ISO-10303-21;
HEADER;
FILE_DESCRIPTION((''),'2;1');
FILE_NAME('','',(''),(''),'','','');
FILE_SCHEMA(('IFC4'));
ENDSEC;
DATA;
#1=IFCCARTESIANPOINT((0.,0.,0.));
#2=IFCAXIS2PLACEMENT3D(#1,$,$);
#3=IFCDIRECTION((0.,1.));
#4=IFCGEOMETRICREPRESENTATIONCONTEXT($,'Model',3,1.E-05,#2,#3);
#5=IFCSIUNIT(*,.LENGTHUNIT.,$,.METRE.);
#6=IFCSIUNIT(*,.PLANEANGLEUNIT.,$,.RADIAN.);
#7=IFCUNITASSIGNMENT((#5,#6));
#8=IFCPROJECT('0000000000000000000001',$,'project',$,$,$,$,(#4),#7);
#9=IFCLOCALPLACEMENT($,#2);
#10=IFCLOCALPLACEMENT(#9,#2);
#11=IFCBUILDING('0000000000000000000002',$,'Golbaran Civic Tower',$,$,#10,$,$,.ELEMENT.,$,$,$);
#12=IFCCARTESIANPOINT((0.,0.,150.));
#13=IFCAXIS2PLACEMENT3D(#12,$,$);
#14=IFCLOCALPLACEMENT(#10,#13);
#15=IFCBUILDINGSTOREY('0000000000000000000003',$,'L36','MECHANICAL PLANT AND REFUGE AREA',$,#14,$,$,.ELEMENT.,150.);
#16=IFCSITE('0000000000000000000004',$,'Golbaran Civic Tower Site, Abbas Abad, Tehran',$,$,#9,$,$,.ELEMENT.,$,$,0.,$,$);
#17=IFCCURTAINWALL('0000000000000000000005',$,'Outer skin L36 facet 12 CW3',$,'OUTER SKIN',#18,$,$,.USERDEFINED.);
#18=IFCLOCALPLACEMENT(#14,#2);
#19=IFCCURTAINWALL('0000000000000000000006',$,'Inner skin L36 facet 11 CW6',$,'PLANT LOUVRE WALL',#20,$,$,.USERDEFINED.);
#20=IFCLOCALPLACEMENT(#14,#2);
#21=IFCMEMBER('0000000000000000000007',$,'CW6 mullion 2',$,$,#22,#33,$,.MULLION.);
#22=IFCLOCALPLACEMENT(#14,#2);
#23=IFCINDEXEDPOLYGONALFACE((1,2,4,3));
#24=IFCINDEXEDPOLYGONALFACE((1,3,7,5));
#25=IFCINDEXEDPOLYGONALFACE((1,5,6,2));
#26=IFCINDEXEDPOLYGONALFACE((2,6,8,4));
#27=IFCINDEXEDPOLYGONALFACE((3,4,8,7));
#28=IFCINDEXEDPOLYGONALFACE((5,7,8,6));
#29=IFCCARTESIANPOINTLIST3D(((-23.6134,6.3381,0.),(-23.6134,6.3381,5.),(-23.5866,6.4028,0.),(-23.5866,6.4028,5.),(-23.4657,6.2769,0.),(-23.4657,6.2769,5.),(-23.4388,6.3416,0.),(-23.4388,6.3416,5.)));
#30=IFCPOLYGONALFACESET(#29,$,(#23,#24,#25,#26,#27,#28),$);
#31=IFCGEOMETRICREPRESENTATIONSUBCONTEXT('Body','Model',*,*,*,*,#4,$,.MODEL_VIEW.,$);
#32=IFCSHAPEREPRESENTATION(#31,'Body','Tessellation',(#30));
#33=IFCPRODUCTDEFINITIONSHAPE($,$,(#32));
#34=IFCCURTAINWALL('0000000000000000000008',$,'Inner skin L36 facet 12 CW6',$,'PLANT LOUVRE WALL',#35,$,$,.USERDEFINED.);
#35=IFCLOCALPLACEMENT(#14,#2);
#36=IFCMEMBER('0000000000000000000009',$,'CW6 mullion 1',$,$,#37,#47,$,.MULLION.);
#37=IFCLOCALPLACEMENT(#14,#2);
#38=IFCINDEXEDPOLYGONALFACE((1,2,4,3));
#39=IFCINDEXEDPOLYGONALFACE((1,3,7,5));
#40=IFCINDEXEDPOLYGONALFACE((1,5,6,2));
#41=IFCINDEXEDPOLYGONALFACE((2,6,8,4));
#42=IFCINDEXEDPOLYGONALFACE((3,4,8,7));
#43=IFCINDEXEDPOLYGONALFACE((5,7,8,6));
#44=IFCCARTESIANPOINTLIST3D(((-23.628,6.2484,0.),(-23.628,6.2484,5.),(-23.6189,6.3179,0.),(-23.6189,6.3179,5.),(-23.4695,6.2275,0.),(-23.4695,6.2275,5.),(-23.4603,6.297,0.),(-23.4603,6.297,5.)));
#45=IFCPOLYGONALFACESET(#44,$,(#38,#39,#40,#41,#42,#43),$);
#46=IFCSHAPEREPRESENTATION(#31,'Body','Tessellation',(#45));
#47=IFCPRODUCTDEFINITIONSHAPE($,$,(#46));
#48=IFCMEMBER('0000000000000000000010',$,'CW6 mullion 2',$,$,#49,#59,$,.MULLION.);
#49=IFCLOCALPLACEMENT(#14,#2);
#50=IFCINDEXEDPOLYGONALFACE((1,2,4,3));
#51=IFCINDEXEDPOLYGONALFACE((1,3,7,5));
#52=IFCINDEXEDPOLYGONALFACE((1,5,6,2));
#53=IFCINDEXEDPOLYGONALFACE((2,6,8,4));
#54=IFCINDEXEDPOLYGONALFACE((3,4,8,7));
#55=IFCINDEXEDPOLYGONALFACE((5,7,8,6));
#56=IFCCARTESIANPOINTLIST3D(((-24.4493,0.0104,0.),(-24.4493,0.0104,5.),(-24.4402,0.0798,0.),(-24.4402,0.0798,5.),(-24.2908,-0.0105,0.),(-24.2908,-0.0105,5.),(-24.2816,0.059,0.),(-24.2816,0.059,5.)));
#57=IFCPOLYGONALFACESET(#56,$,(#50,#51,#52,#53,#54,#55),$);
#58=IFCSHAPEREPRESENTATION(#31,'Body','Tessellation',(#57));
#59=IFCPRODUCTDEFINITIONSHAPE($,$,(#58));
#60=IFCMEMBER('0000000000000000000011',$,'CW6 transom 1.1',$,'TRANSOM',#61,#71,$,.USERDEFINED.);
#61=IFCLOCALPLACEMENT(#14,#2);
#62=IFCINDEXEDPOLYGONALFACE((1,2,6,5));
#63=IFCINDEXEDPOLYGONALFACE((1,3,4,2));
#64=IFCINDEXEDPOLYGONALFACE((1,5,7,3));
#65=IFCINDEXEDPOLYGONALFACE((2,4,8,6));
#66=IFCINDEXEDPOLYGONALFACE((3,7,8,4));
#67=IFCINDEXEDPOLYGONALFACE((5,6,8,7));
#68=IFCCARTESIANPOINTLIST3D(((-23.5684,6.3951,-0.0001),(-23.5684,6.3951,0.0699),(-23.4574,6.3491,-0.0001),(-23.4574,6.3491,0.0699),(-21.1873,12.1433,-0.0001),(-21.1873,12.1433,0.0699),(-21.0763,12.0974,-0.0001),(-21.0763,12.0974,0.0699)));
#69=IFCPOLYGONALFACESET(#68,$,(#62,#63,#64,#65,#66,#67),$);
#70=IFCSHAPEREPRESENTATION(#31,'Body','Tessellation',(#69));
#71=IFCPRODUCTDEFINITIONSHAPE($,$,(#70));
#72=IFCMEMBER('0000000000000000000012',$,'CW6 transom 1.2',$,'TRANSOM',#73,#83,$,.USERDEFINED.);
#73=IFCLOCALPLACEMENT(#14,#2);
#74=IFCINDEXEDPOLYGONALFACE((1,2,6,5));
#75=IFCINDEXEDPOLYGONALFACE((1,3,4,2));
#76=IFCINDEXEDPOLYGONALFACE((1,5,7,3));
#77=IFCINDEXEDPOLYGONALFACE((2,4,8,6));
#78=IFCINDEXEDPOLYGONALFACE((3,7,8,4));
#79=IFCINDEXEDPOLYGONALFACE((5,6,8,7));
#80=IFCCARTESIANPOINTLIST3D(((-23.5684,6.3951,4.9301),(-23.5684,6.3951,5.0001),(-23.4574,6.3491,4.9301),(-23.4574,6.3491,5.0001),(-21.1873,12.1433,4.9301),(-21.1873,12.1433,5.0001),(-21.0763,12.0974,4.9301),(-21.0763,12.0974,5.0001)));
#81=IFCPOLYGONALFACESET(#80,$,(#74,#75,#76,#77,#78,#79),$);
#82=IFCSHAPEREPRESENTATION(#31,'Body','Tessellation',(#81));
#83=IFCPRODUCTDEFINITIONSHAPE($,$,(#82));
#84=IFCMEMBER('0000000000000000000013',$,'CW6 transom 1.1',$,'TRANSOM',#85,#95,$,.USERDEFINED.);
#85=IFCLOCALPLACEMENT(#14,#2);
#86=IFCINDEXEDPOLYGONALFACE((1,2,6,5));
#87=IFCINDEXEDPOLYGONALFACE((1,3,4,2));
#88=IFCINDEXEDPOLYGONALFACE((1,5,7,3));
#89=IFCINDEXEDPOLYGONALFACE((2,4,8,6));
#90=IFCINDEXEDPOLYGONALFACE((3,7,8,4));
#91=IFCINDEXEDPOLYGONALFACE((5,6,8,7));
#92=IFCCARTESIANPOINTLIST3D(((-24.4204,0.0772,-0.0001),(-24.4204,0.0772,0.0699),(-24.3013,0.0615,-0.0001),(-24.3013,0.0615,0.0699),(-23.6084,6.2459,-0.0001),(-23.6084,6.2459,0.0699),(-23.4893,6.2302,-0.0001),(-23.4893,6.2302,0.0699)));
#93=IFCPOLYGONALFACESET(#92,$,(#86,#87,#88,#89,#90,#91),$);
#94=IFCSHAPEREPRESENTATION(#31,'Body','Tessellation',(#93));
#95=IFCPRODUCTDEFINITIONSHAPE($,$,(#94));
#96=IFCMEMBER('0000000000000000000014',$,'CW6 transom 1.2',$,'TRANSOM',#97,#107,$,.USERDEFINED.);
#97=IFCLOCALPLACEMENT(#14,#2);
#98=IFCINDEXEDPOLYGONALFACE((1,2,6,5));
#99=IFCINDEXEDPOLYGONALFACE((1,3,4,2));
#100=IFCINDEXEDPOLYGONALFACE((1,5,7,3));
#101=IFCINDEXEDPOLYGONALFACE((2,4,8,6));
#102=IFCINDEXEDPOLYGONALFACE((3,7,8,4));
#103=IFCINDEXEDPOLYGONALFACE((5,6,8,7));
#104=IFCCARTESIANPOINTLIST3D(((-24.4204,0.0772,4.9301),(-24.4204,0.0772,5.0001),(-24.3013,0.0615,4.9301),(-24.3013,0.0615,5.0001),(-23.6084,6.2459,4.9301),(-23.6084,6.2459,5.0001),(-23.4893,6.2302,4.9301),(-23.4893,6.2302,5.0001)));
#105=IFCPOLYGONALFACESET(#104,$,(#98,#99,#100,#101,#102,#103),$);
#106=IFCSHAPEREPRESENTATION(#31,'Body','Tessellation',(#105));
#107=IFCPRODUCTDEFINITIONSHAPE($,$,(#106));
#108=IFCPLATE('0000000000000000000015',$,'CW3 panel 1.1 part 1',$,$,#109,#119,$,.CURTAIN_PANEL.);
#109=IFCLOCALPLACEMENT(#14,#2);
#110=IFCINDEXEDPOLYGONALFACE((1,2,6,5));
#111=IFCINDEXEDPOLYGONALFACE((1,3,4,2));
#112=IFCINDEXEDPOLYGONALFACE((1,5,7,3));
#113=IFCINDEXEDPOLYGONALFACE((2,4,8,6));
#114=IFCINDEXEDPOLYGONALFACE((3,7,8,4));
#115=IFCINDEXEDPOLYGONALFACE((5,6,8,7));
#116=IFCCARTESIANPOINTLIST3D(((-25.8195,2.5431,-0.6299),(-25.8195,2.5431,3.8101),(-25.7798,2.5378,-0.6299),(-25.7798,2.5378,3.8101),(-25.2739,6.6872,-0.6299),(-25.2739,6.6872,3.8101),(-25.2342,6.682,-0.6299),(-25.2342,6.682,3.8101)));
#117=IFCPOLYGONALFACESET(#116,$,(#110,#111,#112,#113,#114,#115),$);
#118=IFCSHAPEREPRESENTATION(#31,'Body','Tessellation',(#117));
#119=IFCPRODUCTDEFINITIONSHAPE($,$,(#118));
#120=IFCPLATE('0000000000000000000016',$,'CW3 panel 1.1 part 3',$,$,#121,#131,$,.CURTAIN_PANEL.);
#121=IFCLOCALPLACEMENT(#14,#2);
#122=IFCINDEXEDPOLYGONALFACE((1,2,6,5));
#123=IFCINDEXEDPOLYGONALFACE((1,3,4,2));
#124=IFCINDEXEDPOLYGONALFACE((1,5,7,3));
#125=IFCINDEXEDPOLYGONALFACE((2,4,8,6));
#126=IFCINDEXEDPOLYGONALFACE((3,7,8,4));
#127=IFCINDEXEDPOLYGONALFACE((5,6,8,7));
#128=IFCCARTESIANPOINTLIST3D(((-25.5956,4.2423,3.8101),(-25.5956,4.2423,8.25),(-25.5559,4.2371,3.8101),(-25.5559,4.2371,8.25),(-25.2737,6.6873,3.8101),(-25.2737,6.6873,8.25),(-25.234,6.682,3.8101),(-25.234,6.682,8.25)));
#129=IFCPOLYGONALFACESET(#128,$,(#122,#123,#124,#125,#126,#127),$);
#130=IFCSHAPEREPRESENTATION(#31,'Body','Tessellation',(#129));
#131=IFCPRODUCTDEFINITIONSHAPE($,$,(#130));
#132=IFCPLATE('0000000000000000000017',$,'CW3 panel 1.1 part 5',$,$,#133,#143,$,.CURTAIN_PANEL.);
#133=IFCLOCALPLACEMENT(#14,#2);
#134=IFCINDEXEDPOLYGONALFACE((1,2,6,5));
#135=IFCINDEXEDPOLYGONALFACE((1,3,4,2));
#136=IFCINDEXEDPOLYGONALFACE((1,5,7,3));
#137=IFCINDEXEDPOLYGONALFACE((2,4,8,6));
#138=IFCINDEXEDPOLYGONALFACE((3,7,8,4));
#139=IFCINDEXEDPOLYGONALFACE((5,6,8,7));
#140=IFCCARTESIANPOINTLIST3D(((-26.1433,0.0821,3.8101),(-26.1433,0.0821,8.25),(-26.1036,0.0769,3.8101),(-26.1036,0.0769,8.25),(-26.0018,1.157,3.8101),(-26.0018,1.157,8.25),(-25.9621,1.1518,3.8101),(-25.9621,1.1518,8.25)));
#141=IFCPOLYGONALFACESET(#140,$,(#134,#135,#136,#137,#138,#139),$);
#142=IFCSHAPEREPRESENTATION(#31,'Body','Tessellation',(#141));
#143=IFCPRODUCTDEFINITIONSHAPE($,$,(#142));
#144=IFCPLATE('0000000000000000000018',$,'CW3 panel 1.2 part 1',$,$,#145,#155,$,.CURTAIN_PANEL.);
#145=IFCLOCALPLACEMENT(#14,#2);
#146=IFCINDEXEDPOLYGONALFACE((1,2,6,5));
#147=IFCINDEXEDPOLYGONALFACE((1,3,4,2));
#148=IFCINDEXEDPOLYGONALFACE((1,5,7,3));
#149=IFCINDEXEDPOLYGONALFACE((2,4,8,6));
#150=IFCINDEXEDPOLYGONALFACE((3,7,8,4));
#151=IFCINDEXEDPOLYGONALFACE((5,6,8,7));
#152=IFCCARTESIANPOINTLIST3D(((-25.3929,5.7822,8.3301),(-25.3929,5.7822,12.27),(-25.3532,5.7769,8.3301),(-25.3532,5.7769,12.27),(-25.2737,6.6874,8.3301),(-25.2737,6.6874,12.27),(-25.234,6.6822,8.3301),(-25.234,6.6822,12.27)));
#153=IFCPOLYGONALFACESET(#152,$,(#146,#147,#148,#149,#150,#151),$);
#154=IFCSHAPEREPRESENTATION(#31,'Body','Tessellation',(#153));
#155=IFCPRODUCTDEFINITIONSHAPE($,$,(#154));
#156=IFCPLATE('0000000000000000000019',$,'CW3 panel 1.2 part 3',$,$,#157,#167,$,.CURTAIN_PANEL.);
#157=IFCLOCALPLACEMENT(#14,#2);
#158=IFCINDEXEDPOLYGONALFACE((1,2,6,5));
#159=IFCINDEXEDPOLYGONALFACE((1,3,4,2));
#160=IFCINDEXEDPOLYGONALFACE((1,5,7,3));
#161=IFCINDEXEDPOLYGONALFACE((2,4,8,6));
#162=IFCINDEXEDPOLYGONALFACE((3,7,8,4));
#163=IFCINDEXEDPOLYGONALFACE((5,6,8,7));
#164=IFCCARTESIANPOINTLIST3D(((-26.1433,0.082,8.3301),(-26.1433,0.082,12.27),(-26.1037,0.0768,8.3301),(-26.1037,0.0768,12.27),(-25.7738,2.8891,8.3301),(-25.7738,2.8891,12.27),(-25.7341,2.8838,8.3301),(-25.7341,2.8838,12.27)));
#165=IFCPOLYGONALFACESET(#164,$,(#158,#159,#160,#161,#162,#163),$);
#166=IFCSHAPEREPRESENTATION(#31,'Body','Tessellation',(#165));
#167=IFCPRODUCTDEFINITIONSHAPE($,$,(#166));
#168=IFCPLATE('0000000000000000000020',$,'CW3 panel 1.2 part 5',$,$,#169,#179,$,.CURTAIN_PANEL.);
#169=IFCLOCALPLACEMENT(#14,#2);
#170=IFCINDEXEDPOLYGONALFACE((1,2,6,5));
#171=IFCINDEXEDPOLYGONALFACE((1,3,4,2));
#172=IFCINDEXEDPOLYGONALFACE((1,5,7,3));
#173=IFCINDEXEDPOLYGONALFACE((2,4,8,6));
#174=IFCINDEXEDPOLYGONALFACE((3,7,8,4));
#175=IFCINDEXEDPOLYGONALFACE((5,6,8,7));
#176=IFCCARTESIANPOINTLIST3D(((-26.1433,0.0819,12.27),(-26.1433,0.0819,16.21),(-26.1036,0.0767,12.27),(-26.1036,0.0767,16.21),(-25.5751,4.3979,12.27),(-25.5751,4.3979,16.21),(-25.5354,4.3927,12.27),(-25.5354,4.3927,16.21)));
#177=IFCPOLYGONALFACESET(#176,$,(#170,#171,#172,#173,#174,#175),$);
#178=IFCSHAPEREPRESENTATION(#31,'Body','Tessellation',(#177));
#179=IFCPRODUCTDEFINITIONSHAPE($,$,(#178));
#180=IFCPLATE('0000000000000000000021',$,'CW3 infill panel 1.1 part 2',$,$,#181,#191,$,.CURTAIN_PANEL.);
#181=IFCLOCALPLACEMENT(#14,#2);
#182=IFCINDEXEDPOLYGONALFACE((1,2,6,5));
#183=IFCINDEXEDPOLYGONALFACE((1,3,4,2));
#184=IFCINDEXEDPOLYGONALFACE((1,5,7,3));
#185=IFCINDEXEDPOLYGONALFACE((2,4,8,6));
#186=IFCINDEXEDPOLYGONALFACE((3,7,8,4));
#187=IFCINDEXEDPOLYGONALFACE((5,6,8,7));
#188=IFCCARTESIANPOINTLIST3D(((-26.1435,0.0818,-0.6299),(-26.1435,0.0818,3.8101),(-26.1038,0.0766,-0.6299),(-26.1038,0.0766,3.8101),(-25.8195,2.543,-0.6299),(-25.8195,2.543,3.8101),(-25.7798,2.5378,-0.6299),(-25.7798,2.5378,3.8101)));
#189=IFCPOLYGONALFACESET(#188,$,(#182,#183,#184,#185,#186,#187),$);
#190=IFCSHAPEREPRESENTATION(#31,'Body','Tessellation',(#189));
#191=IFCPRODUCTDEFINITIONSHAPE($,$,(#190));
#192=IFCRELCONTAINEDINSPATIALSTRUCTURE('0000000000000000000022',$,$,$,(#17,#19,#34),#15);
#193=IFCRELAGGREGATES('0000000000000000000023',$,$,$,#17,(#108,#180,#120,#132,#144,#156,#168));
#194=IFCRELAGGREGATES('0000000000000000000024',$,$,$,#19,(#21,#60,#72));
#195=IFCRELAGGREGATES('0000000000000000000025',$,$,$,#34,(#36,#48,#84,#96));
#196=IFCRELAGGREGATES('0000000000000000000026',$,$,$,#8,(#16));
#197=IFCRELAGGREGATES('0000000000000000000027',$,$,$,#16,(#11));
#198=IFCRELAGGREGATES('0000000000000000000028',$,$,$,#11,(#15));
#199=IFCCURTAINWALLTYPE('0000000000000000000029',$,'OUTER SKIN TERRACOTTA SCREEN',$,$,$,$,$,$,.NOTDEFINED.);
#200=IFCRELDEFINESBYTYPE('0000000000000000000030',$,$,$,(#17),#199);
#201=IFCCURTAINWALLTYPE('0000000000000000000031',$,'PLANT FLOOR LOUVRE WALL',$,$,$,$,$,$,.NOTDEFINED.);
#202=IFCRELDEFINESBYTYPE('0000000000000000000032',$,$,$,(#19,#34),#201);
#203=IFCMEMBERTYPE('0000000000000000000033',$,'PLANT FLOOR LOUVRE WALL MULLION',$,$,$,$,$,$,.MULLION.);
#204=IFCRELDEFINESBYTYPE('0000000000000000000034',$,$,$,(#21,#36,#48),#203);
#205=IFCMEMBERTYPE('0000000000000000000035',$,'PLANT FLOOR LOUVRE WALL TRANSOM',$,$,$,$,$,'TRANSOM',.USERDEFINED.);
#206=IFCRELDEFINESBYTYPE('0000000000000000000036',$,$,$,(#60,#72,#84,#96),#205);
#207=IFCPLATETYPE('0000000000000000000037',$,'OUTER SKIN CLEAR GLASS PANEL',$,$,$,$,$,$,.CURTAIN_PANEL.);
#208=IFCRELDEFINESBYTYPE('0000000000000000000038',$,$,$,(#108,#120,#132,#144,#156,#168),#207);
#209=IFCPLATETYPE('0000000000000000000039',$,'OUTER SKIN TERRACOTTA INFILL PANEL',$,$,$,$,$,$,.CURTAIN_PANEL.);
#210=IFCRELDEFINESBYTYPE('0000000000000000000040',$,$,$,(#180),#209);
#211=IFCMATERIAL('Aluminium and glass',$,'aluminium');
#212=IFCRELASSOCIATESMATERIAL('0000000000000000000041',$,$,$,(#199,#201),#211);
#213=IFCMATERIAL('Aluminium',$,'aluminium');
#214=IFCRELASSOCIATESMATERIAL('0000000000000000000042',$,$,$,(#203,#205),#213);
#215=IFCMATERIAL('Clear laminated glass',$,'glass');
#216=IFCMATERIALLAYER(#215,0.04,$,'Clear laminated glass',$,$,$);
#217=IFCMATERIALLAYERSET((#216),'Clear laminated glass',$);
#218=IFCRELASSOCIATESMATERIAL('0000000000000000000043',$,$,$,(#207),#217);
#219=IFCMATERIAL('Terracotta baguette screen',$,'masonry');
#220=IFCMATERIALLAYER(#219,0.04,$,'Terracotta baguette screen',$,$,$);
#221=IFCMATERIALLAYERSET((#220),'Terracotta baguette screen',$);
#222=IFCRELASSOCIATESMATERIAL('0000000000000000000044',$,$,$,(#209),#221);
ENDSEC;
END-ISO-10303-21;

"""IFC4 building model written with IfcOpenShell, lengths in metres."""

from ifc_helpers import new_model, si_unit, direction, frame, origin, origin_2d, place, context, subcontext, project, spatial, rectangle, extrude, material, layer, layer_set, material_profile, profile_set, type_object, element, aggregate, save


model = new_model("IFC4")

# Units and contexts
model_context = context("Model", 3, precision=1e-05, world=origin(), true_north=direction((0.0, 1.0)))
body_context = subcontext(model_context, "Body", "Model", "MODEL_VIEW")
ifc_project = project(units=[si_unit("LENGTHUNIT", "METRE"), si_unit("PLANEANGLEUNIT", "RADIAN")], contexts=[model_context])

# Site, building, storey
site_placement = place(None, origin())
site = spatial("IfcSite", under=ifc_project, at=site_placement, Name="Golbaran Civic Tower Site, Abbas Abad, Tehran", CompositionType="ELEMENT", RefElevation=0.0)
building_placement = place(site_placement, origin())
building = spatial("IfcBuilding", under=site, at=building_placement, Name="Golbaran Civic Tower", CompositionType="ELEMENT")
storey_placement = place(building_placement, frame((0.0, 0.0, 150.0)))
storey = spatial("IfcBuildingStorey", under=building, at=storey_placement, Name="L36", Description="MECHANICAL PLANT AND REFUGE AREA", CompositionType="ELEMENT", Elevation=150.0)

# Shared definitions
ifc_material_1 = material(Name="Aluminium and glass", Category="aluminium")
curtain_wall_type_1 = type_object("IfcCurtainWallType", Name="OUTER SKIN TERRACOTTA SCREEN", PredefinedType="NOTDEFINED", material=ifc_material_1)
ifc_material_2 = material(Name="Aluminium", Category="aluminium")

# Curtain walls, members
curtain_wall_1_placement = place(storey_placement, origin())
curtain_wall_1 = element("IfcCurtainWall", 1, at=curtain_wall_1_placement, inside=storey, type_object=curtain_wall_type_1, Name="Outer skin L36 facet 12 CW3", ObjectType="OUTER SKIN", PredefinedType="USERDEFINED")
curtain_wall_type_2 = type_object("IfcCurtainWallType", Name="PLANT FLOOR LOUVRE WALL", PredefinedType="NOTDEFINED", material=ifc_material_1)
curtain_wall_2_placement = place(storey_placement, origin())
curtain_wall_2 = element("IfcCurtainWall", 2, at=curtain_wall_2_placement, inside=storey, type_object=curtain_wall_type_2, Name="Inner skin L36 facet 11 CW6", ObjectType="PLANT LOUVRE WALL", PredefinedType="USERDEFINED")
ifc_material_profile_1 = material_profile(ifc_material_2, rectangle(XDim=0.1599, YDim=0.0701, at=origin_2d()), Name="PLANT FLOOR LOUVRE WALL MULLION")
ifc_profile_set_1 = profile_set([ifc_material_profile_1], Name="Aluminium")
member_type_1 = type_object("IfcMemberType", Name="PLANT FLOOR LOUVRE WALL MULLION", PredefinedType="MULLION", material=ifc_profile_set_1)
member_1_placement = place(storey_placement, frame((-23.5261, 6.3398, 0.0), z_axis=(0.0, 0.0, 1.0), x_axis=(0.92388, -0.382683, 0.0)))
member_1 = element("IfcMember", 3, at=member_1_placement, type_object=member_type_1, Name="CW6 mullion 2", PredefinedType="MULLION", context=body_context, shape_type="SweptSolid", body=[
    extrude(rectangle(XDim=0.1599, YDim=0.0701, at=origin_2d()), origin(), (0.0, 0.0, 1.0), 5.0),
])
curtain_wall_3_placement = place(storey_placement, origin())
curtain_wall_3 = element("IfcCurtainWall", 4, at=curtain_wall_3_placement, inside=storey, type_object=curtain_wall_type_2, Name="Inner skin L36 facet 12 CW6", ObjectType="PLANT LOUVRE WALL", PredefinedType="USERDEFINED")
member_2_placement = place(storey_placement, frame((-23.5442, 6.2727, 0.0), z_axis=(0.0, 0.0, 1.0), x_axis=(0.991445, -0.130526, 0.0)))
member_2 = element("IfcMember", 5, at=member_2_placement, type_object=member_type_1, Name="CW6 mullion 1", PredefinedType="MULLION", context=body_context, shape_type="SweptSolid", body=[
    extrude(rectangle(XDim=0.1599, YDim=0.0701, at=origin_2d()), origin(), (0.0, 0.0, 1.0), 5.0),
])
member_3_placement = place(storey_placement, frame((-24.3655, 0.0347, 0.0), z_axis=(0.0, 0.0, 1.0), x_axis=(0.991445, -0.130526, 0.0)))
member_3 = element("IfcMember", 6, at=member_3_placement, type_object=member_type_1, Name="CW6 mullion 2", PredefinedType="MULLION", context=body_context, shape_type="SweptSolid", body=[
    extrude(rectangle(XDim=0.1599, YDim=0.0701, at=origin_2d()), origin(), (0.0, 0.0, 1.0), 5.0),
])

# Members
ifc_material_profile_2 = material_profile(ifc_material_2, rectangle(XDim=0.1201, YDim=0.0701, at=origin_2d()), Name="PLANT FLOOR LOUVRE WALL TRANSOM")
ifc_profile_set_2 = profile_set([ifc_material_profile_2], Name="Aluminium")
member_type_2 = type_object("IfcMemberType", Name="PLANT FLOOR LOUVRE WALL TRANSOM", ElementType="TRANSOM", PredefinedType="USERDEFINED", material=ifc_profile_set_2)
member_4_placement = place(storey_placement, frame((-21.1318, 12.1204, 0.0349), z_axis=(-0.382695, -0.923875, 0.0), x_axis=(0.923875, -0.382695, 0.0)))
member_4 = element("IfcMember", 7, at=member_4_placement, type_object=member_type_2, Name="CW6 transom 1.1", ObjectType="TRANSOM", PredefinedType="USERDEFINED", context=body_context, shape_type="SweptSolid", body=[
    extrude(rectangle(XDim=0.1201, YDim=0.0701, at=origin_2d()), origin(), (0.0, 0.0, 1.0), 6.2219),
])
member_5_placement = place(storey_placement, frame((-21.1318, 12.1204, 4.9651), z_axis=(-0.382695, -0.923875, 0.0), x_axis=(0.923875, -0.382695, 0.0)))
member_5 = element("IfcMember", 8, at=member_5_placement, type_object=member_type_2, Name="CW6 transom 1.2", ObjectType="TRANSOM", PredefinedType="USERDEFINED", context=body_context, shape_type="SweptSolid", body=[
    extrude(rectangle(XDim=0.1201, YDim=0.0701, at=origin_2d()), origin(), (0.0, 0.0, 1.0), 6.2219),
])
member_6_placement = place(storey_placement, frame((-23.5488, 6.238, 0.0349), z_axis=(-0.130508, -0.991447, 0.0), x_axis=(0.991447, -0.130508, 0.0)))
member_6 = element("IfcMember", 9, at=member_6_placement, type_object=member_type_2, Name="CW6 transom 1.1", ObjectType="TRANSOM", PredefinedType="USERDEFINED", context=body_context, shape_type="SweptSolid", body=[
    extrude(rectangle(XDim=0.1201, YDim=0.0701, at=origin_2d()), origin(), (0.0, 0.0, 1.0), 6.2219),
])
member_7_placement = place(storey_placement, frame((-23.5488, 6.238, 4.9651), z_axis=(-0.130508, -0.991447, 0.0), x_axis=(0.991447, -0.130508, 0.0)))
member_7 = element("IfcMember", 10, at=member_7_placement, type_object=member_type_2, Name="CW6 transom 1.2", ObjectType="TRANSOM", PredefinedType="USERDEFINED", context=body_context, shape_type="SweptSolid", body=[
    extrude(rectangle(XDim=0.1201, YDim=0.0701, at=origin_2d()), origin(), (0.0, 0.0, 1.0), 6.2219),
])

# Plates
ifc_material_3 = material(Name="Clear laminated glass", Category="glass")
ifc_layer_1 = layer(ifc_material_3, 0.04, Name="Clear laminated glass")
ifc_layer_set_1 = layer_set([ifc_layer_1], Name="Clear laminated glass")
plate_type_1 = type_object("IfcPlateType", Name="OUTER SKIN CLEAR GLASS PANEL", PredefinedType="CURTAIN_PANEL", material=ifc_layer_set_1)
plate_1_placement = place(storey_placement, frame((-25.5269, 4.6125, -0.6299), z_axis=(0.0, 0.0, 1.0), x_axis=(-0.130526, -0.991445, 0.0)))
plate_1 = element("IfcPlate", 11, at=plate_1_placement, type_object=plate_type_1, Name="CW3 panel 1.1 part 1", PredefinedType="CURTAIN_PANEL", context=body_context, shape_type="SweptSolid", body=[
    extrude(rectangle(XDim=4.1799, YDim=0.04, at=origin_2d()), origin(), (0.0, 0.0, 1.0), 4.4399),
])
plate_2_placement = place(storey_placement, frame((-25.4148, 5.4622, 3.8101), z_axis=(0.0, 0.0, 1.0), x_axis=(-0.130526, -0.991445, 0.0)))
plate_2 = element("IfcPlate", 12, at=plate_2_placement, type_object=plate_type_1, Name="CW3 panel 1.1 part 3", PredefinedType="CURTAIN_PANEL", context=body_context, shape_type="SweptSolid", body=[
    extrude(rectangle(XDim=2.4661, YDim=0.04, at=origin_2d()), origin(), (0.0, 0.0, 1.0), 4.4399),
])
plate_3_placement = place(storey_placement, frame((-26.0527, 0.6169, 3.8101), z_axis=(0.0, 0.0, 1.0), x_axis=(-0.130526, -0.991445, 0.0)))
plate_3 = element("IfcPlate", 13, at=plate_3_placement, type_object=plate_type_1, Name="CW3 panel 1.1 part 5", PredefinedType="CURTAIN_PANEL", context=body_context, shape_type="SweptSolid", body=[
    extrude(rectangle(XDim=1.0842, YDim=0.04, at=origin_2d()), origin(), (0.0, 0.0, 1.0), 4.4399),
])
plate_4_placement = place(storey_placement, frame((-25.3135, 6.2322, 8.3301), z_axis=(0.0, 0.0, 1.0), x_axis=(-0.130526, -0.991445, 0.0)))
plate_4 = element("IfcPlate", 14, at=plate_4_placement, type_object=plate_type_1, Name="CW3 panel 1.2 part 1", PredefinedType="CURTAIN_PANEL", context=body_context, shape_type="SweptSolid", body=[
    extrude(rectangle(XDim=0.9131, YDim=0.04, at=origin_2d()), origin(), (0.0, 0.0, 1.0), 3.9399),
])
plate_5_placement = place(storey_placement, frame((-25.9387, 1.4829, 8.3301), z_axis=(0.0, 0.0, 1.0), x_axis=(-0.130526, -0.991445, 0.0)))
plate_5 = element("IfcPlate", 15, at=plate_5_placement, type_object=plate_type_1, Name="CW3 panel 1.2 part 3", PredefinedType="CURTAIN_PANEL", context=body_context, shape_type="SweptSolid", body=[
    extrude(rectangle(XDim=2.8313, YDim=0.04, at=origin_2d()), origin(), (0.0, 0.0, 1.0), 3.9399),
])
plate_6_placement = place(storey_placement, frame((-25.8394, 2.2373, 12.27), z_axis=(0.0, 0.0, 1.0), x_axis=(-0.130526, -0.991445, 0.0)))
plate_6 = element("IfcPlate", 16, at=plate_6_placement, type_object=plate_type_1, Name="CW3 panel 1.2 part 5", PredefinedType="CURTAIN_PANEL", context=body_context, shape_type="SweptSolid", body=[
    extrude(rectangle(XDim=4.3533, YDim=0.04, at=origin_2d()), origin(), (0.0, 0.0, 1.0), 3.9399),
])
ifc_material_4 = material(Name="Terracotta baguette screen", Category="masonry")
ifc_layer_2 = layer(ifc_material_4, 0.04, Name="Terracotta baguette screen")
ifc_layer_set_2 = layer_set([ifc_layer_2], Name="Terracotta baguette screen")
plate_type_2 = type_object("IfcPlateType", Name="OUTER SKIN TERRACOTTA INFILL PANEL", PredefinedType="CURTAIN_PANEL", material=ifc_layer_set_2)
plate_7_placement = place(storey_placement, frame((-25.9617, 1.3098, -0.6299), z_axis=(0.0, 0.0, 1.0), x_axis=(-0.130526, -0.991445, 0.0)))
plate_7 = element("IfcPlate", 17, at=plate_7_placement, type_object=plate_type_2, Name="CW3 infill panel 1.1 part 2", PredefinedType="CURTAIN_PANEL", context=body_context, shape_type="SweptSolid", body=[
    extrude(rectangle(XDim=2.4824, YDim=0.04, at=origin_2d()), origin(), (0.0, 0.0, 1.0), 4.4399),
])
aggregate(curtain_wall_1, [plate_1, plate_7, plate_2, plate_3, plate_4, plate_5, plate_6])
aggregate(curtain_wall_2, [member_1, member_4, member_5])
aggregate(curtain_wall_3, [member_2, member_3, member_6, member_7])

save(model, "model.ifc")
